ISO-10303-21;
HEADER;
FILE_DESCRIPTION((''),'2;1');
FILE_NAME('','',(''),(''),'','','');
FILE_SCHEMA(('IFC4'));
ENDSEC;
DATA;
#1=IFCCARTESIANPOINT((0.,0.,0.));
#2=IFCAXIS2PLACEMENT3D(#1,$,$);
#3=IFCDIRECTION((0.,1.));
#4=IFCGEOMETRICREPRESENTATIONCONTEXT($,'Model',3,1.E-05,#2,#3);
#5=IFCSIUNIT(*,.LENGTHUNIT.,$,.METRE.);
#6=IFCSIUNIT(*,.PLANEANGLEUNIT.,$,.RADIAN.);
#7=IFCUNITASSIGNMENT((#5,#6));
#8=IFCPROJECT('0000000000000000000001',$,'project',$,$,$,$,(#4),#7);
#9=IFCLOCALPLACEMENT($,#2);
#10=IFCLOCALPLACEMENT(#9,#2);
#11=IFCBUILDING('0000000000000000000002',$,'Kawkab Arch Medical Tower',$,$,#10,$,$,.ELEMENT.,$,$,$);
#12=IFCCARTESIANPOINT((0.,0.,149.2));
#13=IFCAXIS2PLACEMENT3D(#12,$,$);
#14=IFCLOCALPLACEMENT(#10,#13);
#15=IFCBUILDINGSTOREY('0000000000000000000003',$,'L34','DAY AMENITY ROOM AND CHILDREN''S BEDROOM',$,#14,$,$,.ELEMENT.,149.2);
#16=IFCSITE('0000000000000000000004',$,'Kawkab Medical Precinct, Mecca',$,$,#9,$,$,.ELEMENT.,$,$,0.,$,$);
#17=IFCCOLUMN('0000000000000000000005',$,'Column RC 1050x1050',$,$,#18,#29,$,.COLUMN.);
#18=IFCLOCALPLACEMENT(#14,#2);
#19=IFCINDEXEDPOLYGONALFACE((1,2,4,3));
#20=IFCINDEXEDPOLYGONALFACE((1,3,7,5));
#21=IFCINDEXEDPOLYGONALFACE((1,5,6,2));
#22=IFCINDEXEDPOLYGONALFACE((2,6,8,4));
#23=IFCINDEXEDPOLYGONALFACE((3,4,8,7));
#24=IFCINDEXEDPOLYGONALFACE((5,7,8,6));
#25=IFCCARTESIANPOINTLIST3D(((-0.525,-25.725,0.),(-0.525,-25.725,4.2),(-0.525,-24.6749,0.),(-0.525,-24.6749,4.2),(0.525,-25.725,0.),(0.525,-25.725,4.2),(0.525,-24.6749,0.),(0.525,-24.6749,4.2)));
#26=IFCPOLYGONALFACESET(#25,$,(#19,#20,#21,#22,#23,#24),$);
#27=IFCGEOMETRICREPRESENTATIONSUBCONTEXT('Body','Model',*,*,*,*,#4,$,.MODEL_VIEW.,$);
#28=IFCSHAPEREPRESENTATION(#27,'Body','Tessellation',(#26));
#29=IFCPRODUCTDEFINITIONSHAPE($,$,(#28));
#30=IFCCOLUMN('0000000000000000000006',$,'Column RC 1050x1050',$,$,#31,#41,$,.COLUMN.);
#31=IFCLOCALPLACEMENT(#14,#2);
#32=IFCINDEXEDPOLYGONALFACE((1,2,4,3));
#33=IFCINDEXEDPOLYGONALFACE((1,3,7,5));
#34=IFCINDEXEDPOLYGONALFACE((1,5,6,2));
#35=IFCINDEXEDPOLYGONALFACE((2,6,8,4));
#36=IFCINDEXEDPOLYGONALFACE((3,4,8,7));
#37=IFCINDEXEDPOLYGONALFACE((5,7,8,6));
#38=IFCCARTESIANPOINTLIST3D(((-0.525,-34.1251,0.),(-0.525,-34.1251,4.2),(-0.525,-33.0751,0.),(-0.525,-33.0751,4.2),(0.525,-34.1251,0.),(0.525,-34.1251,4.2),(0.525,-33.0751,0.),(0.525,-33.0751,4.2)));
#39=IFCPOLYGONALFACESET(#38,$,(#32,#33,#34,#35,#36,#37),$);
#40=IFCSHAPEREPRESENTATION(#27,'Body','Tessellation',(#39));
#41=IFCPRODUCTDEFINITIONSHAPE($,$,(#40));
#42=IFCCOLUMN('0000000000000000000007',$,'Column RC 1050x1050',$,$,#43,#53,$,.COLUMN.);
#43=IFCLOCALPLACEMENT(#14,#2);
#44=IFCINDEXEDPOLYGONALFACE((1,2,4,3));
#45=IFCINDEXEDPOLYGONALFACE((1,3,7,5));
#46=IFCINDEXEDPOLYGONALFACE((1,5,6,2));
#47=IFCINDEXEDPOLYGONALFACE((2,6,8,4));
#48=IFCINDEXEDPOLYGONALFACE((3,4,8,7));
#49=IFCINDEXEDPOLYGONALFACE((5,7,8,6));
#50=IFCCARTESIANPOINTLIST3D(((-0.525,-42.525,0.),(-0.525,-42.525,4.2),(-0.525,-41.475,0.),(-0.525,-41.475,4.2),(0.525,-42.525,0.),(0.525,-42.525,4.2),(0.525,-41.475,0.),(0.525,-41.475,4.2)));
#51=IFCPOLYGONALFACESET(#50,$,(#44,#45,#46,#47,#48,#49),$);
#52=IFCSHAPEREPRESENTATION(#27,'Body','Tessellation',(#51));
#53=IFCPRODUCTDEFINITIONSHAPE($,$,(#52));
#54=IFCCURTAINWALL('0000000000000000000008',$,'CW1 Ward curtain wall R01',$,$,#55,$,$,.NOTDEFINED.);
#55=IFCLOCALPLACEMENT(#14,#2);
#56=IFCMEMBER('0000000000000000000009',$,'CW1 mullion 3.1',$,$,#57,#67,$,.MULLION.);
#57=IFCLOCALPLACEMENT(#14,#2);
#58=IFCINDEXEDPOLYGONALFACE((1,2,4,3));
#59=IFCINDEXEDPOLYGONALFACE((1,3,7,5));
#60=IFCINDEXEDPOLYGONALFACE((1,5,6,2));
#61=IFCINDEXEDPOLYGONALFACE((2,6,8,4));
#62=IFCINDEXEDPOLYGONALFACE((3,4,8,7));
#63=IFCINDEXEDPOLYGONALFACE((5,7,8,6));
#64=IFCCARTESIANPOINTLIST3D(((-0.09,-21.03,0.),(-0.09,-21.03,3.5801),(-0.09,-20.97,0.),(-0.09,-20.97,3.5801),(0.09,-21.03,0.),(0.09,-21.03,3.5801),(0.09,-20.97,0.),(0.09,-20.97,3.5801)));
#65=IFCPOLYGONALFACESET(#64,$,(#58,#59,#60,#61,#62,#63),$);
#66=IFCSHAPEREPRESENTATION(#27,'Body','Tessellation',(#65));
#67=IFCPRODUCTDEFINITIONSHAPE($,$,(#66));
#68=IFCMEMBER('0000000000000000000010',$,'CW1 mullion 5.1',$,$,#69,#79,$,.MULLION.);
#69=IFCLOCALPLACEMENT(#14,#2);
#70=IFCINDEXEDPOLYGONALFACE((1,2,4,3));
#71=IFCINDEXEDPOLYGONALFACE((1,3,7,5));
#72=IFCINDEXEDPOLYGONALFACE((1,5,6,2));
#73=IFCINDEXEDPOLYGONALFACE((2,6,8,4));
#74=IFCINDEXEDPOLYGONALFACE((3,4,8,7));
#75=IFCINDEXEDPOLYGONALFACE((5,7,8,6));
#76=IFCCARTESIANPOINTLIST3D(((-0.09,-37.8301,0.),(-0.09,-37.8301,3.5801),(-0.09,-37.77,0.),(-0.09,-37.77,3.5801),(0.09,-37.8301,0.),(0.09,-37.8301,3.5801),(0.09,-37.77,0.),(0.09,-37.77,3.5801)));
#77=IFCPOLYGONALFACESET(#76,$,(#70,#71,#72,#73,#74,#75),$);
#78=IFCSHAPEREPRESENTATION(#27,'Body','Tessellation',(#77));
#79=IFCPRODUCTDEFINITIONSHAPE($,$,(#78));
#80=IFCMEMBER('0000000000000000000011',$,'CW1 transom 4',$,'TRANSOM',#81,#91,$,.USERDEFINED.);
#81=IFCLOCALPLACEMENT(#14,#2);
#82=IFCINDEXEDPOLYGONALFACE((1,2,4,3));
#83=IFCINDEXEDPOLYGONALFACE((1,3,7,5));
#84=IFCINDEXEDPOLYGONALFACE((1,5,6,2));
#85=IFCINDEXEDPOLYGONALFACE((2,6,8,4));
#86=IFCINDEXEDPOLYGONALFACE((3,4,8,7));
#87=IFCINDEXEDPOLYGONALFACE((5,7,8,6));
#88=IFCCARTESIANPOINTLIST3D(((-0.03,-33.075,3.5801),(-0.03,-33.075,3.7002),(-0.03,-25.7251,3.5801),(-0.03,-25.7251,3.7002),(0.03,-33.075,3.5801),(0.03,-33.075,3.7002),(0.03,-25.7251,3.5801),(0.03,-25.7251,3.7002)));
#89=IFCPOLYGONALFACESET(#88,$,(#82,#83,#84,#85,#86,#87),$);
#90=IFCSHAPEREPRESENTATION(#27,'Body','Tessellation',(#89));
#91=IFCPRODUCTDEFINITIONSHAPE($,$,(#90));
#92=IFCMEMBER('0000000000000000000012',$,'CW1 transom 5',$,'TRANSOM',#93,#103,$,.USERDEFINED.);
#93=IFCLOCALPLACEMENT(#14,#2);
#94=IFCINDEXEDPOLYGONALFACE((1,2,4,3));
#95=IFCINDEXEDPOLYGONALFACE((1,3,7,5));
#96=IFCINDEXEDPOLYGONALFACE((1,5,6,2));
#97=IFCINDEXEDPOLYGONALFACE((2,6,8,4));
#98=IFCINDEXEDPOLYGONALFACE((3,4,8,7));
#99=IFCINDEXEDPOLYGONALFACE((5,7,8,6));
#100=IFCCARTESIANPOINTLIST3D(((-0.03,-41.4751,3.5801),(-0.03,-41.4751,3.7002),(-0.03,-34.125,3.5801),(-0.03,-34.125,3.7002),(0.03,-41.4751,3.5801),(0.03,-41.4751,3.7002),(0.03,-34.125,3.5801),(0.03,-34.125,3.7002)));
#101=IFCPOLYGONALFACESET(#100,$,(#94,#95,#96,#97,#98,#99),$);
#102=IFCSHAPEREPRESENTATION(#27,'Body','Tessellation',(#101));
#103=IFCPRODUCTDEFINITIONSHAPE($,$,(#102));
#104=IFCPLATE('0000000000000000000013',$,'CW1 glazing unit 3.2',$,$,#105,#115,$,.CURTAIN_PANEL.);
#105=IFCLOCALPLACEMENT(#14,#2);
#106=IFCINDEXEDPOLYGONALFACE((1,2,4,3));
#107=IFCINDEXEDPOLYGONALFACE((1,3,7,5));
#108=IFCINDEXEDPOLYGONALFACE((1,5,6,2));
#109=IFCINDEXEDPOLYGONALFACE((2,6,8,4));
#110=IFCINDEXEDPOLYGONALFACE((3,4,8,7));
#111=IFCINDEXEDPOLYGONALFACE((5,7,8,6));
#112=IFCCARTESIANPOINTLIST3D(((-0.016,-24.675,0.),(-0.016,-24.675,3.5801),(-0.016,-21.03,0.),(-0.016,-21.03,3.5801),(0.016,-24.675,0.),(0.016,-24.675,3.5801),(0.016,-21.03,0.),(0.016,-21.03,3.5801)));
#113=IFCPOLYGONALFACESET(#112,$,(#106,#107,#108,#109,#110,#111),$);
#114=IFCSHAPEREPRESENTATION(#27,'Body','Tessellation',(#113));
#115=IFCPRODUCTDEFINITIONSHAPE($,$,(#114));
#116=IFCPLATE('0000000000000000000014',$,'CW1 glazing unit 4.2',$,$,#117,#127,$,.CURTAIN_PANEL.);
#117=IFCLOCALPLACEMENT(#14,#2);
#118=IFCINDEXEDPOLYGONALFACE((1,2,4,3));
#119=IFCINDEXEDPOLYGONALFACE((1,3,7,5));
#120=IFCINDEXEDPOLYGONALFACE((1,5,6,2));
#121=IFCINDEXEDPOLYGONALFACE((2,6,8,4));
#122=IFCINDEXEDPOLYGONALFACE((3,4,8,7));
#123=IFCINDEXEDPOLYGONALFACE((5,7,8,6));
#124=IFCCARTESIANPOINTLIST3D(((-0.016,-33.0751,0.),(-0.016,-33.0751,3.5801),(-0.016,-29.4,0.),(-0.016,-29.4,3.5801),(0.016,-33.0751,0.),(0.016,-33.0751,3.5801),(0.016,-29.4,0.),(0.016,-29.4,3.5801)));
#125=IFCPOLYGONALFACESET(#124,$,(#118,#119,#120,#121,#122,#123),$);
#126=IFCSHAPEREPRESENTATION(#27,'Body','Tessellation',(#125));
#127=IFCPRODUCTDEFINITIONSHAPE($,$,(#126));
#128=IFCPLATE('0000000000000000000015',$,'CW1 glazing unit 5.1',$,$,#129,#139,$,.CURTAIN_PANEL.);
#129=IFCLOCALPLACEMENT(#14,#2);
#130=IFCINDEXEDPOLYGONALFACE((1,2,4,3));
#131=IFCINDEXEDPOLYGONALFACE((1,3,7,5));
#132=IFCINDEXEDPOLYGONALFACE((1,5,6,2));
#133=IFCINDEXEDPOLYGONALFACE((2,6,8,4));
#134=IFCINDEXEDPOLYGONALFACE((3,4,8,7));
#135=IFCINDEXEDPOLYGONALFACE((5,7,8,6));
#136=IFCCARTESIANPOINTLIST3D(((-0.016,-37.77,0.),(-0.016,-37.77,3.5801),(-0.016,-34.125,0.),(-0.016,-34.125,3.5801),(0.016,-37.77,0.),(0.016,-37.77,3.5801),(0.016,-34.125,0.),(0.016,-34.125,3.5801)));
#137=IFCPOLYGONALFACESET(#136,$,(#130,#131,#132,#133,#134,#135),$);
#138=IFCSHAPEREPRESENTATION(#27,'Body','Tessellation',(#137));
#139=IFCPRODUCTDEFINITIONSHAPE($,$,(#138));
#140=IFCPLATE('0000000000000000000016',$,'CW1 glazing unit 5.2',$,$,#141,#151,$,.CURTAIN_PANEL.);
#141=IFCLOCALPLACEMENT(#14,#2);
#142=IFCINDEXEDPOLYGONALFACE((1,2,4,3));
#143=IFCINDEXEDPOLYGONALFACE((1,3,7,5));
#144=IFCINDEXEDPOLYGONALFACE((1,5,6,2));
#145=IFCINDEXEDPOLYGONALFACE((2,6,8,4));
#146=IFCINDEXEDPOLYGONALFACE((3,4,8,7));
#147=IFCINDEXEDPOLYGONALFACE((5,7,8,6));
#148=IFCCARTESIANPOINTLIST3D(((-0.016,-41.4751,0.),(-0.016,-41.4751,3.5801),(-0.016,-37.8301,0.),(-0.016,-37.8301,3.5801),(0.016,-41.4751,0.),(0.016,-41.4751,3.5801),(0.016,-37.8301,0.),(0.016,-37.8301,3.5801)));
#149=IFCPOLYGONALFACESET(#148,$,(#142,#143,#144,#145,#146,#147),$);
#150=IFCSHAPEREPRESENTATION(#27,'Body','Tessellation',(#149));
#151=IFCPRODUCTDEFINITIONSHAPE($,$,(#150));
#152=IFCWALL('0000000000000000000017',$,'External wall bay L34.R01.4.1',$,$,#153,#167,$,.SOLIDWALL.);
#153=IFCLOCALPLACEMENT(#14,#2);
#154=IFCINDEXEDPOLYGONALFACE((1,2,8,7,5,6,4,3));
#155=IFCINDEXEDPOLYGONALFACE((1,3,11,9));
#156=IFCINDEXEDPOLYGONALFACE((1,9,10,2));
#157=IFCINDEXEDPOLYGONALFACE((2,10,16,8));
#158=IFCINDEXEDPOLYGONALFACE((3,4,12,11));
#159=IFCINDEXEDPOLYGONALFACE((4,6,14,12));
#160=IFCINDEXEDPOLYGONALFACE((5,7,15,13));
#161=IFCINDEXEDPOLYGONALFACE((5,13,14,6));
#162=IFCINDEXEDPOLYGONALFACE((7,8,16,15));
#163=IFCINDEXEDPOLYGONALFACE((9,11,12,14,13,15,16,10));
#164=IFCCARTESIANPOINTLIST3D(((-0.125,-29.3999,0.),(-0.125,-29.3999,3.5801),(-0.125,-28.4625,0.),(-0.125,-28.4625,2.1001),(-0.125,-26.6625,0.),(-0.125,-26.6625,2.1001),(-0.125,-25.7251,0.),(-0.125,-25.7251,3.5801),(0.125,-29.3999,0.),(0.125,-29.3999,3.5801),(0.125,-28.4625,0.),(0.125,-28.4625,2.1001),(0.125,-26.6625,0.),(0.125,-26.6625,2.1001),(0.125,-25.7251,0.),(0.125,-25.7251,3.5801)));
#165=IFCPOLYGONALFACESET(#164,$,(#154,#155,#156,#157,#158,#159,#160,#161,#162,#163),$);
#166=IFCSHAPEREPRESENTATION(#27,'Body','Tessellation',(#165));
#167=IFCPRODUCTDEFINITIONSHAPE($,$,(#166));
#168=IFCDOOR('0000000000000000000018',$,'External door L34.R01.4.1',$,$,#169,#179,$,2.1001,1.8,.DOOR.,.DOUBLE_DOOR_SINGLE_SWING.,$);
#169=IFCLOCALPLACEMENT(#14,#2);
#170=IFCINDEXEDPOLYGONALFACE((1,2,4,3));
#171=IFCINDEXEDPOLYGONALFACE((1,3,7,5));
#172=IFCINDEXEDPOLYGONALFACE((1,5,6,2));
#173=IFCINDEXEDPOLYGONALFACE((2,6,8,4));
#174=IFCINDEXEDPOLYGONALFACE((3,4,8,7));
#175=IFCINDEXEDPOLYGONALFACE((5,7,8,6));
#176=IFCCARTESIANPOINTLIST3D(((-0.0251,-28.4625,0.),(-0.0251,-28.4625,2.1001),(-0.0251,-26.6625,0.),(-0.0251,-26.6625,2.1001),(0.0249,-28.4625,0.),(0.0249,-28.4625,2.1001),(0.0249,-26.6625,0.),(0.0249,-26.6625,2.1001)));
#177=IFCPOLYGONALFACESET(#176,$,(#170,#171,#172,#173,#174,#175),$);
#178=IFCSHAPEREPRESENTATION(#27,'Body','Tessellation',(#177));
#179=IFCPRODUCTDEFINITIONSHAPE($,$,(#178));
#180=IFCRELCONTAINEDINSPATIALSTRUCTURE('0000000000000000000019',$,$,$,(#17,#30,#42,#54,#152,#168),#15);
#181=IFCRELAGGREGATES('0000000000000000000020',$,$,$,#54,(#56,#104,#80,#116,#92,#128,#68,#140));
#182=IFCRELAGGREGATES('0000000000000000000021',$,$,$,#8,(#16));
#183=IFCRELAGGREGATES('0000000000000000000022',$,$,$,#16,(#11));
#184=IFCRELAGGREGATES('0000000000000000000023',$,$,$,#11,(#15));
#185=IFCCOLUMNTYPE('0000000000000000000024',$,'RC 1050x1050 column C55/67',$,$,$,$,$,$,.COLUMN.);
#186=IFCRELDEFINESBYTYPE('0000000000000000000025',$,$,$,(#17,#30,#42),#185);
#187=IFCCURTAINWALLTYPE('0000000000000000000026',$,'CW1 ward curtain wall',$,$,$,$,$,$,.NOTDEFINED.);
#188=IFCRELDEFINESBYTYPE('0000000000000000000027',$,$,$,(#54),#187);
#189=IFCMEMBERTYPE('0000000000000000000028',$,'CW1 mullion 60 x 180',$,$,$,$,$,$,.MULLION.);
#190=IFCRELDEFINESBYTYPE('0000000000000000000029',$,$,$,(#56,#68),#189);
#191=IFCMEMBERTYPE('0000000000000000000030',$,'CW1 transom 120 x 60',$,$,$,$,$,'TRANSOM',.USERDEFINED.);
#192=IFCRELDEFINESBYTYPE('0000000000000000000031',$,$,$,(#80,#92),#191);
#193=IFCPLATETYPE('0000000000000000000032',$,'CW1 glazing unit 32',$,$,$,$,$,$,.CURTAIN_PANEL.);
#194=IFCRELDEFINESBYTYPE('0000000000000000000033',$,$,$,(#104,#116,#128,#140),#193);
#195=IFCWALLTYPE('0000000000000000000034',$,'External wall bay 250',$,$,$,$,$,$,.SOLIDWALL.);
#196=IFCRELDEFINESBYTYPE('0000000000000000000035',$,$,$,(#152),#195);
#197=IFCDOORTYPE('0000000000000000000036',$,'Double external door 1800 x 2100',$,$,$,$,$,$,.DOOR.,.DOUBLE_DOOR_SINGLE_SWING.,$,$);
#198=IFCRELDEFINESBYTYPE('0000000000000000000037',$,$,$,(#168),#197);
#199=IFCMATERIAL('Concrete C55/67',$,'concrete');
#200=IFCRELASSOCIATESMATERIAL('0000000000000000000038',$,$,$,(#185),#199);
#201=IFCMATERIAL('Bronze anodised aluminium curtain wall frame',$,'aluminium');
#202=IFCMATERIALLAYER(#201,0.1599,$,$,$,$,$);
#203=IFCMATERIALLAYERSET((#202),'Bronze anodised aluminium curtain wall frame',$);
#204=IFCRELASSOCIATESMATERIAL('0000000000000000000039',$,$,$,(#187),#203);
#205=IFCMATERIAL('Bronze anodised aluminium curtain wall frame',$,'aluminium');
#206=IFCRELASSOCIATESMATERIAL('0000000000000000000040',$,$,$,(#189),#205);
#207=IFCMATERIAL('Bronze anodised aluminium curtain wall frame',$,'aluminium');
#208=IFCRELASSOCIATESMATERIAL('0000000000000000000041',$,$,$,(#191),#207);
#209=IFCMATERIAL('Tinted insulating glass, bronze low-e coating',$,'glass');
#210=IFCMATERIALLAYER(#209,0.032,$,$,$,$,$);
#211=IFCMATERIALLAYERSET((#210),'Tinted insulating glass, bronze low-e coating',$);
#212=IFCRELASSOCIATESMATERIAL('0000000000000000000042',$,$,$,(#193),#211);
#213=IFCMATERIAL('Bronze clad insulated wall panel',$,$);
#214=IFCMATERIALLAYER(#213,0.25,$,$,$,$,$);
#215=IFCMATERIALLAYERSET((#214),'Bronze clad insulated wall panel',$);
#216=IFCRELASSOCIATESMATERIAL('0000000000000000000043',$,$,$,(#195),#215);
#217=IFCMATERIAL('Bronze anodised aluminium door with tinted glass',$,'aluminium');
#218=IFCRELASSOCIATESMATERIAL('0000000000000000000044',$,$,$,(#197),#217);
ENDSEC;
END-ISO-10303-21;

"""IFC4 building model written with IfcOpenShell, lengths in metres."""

from ifc_helpers import new_model, si_unit, direction, frame, frame_2d, origin, origin_2d, place, context, subcontext, project, spatial, rectangle, extrude, material, layer, layer_set, material_profile, profile_set, type_object, element, fill, aggregate, save


model = new_model("IFC4")

# Units and contexts
model_context = context("Model", 3, precision=1e-05, world=origin(), true_north=direction((0.0, 1.0)))
body_context = subcontext(model_context, "Body", "Model", "MODEL_VIEW")
ifc_project = project(units=[si_unit("LENGTHUNIT", "METRE"), si_unit("PLANEANGLEUNIT", "RADIAN")], contexts=[model_context])

# Site, building, storey
site_placement = place(None, origin())
site = spatial("IfcSite", under=ifc_project, at=site_placement, Name="Kawkab Medical Precinct, Mecca", CompositionType="ELEMENT", RefElevation=0.0)
building_placement = place(site_placement, origin())
building = spatial("IfcBuilding", under=site, at=building_placement, Name="Kawkab Arch Medical Tower", CompositionType="ELEMENT")
storey_placement = place(building_placement, frame((0.0, 0.0, 149.2)))
storey = spatial("IfcBuildingStorey", under=building, at=storey_placement, Name="L34", Description="DAY AMENITY ROOM AND CHILDREN'S BEDROOM", CompositionType="ELEMENT", Elevation=149.2)

# Columns
ifc_material_1 = material(Name="Concrete C55/67", Category="concrete")
ifc_material_profile_1 = material_profile(ifc_material_1, rectangle(XDim=1.05, YDim=1.05, at=origin_2d()), Name="RC 1050x1050")
ifc_profile_set_1 = profile_set([ifc_material_profile_1], Name="Concrete C55/67")
column_type = type_object("IfcColumnType", Name="RC 1050x1050 column C55/67", PredefinedType="COLUMN", material=ifc_profile_set_1)
for number, where, z_axis, x_axis, name in (
    (1, (0.0, -25.2, 0.0), (0.0, 0.0, 1.0), (1.0, 0.0, 0.0), "Column RC 1050x1050"),
    (2, (0.0, -33.6001, 0.0), (0.0, 0.0, 1.0), (1.0, 0.0, 0.0), "Column RC 1050x1050"),
    (3, (0.0, -42.0, 0.0), (0.0, 0.0, 1.0), (1.0, 0.0, 0.0), "Column RC 1050x1050"),
):
    element("IfcColumn", number, at=place(storey_placement, frame(where, z_axis=z_axis, x_axis=x_axis)), inside=storey, type_object=column_type, Name=name, PredefinedType="COLUMN", context=body_context, shape_type="SweptSolid", body=[
        extrude(rectangle(XDim=1.05, YDim=1.05, at=origin_2d()), origin(), (0.0, 0.0, 1.0), 4.2),
    ])

# Curtain wall, members, plates
ifc_material_2 = material(Name="Bronze anodised aluminium curtain wall frame", Category="aluminium")
ifc_layer_1 = layer(ifc_material_2, 0.1599)
ifc_layer_set_1 = layer_set([ifc_layer_1], Name="Bronze anodised aluminium curtain wall frame")
curtain_wall_type = type_object("IfcCurtainWallType", Name="CW1 ward curtain wall", PredefinedType="NOTDEFINED", material=ifc_layer_set_1)
curtain_wall_placement = place(storey_placement, origin())
curtain_wall = element("IfcCurtainWall", 4, at=curtain_wall_placement, inside=storey, type_object=curtain_wall_type, Name="CW1 Ward curtain wall R01", PredefinedType="NOTDEFINED")
ifc_material_3 = material(Name="Bronze anodised aluminium curtain wall frame", Category="aluminium")
ifc_material_profile_2 = material_profile(ifc_material_3, rectangle(XDim=0.1799, YDim=0.0601, at=origin_2d()), Name="AL 60x180")
ifc_profile_set_2 = profile_set([ifc_material_profile_2], Name="Bronze anodised aluminium curtain wall frame")
member_type_1 = type_object("IfcMemberType", Name="CW1 mullion 60 x 180", PredefinedType="MULLION", material=ifc_profile_set_2)
member_1_placement = place(storey_placement, frame((0.0, -21.0, 0.0), z_axis=(0.0, 0.0, 1.0), x_axis=(1.0, 0.0, 0.0)))
member_1 = element("IfcMember", 5, at=member_1_placement, type_object=member_type_1, Name="CW1 mullion 3.1", PredefinedType="MULLION", context=body_context, shape_type="SweptSolid", body=[
    extrude(rectangle(XDim=0.1799, YDim=0.0601, at=origin_2d()), origin(), (0.0, 0.0, 1.0), 3.5801),
])
member_2_placement = place(storey_placement, frame((0.0, -37.8, 0.0), z_axis=(0.0, 0.0, 1.0), x_axis=(1.0, 0.0, 0.0)))
member_2 = element("IfcMember", 6, at=member_2_placement, type_object=member_type_1, Name="CW1 mullion 5.1", PredefinedType="MULLION", context=body_context, shape_type="SweptSolid", body=[
    extrude(rectangle(XDim=0.1799, YDim=0.0601, at=origin_2d()), origin(), (0.0, 0.0, 1.0), 3.5801),
])
ifc_material_4 = material(Name="Bronze anodised aluminium curtain wall frame", Category="aluminium")
ifc_material_profile_3 = material_profile(ifc_material_4, rectangle(XDim=0.0601, YDim=0.1201, at=origin_2d()), Name="AL 60x120")
ifc_profile_set_3 = profile_set([ifc_material_profile_3], Name="Bronze anodised aluminium curtain wall frame")
member_type_2 = type_object("IfcMemberType", Name="CW1 transom 120 x 60", ElementType="TRANSOM", PredefinedType="USERDEFINED", material=ifc_profile_set_3)
member_3_placement = place(storey_placement, frame((0.0, -25.7251, 3.6401), z_axis=(0.0, -1.0, 0.0), x_axis=(1.0, 0.0, 0.0)))
member_3 = element("IfcMember", 7, at=member_3_placement, type_object=member_type_2, Name="CW1 transom 4", ObjectType="TRANSOM", PredefinedType="USERDEFINED", context=body_context, shape_type="SweptSolid", body=[
    extrude(rectangle(XDim=0.0601, YDim=0.1201, at=origin_2d()), origin(), (0.0, 0.0, 1.0), 7.3499),
])
member_4_placement = place(storey_placement, frame((0.0, -34.125, 3.6401), z_axis=(0.0, -1.0, 0.0), x_axis=(1.0, 0.0, 0.0)))
member_4 = element("IfcMember", 8, at=member_4_placement, type_object=member_type_2, Name="CW1 transom 5", ObjectType="TRANSOM", PredefinedType="USERDEFINED", context=body_context, shape_type="SweptSolid", body=[
    extrude(rectangle(XDim=0.0601, YDim=0.1201, at=origin_2d()), origin(), (0.0, 0.0, 1.0), 7.3501),
])
ifc_material_5 = material(Name="Tinted insulating glass, bronze low-e coating", Category="glass")
ifc_layer_2 = layer(ifc_material_5, 0.032)
ifc_layer_set_2 = layer_set([ifc_layer_2], Name="Tinted insulating glass, bronze low-e coating")
plate_type = type_object("IfcPlateType", Name="CW1 glazing unit 32", PredefinedType="CURTAIN_PANEL", material=ifc_layer_set_2)
plate_1_placement = place(storey_placement, frame((0.0, -22.8525, 0.0), z_axis=(0.0, 0.0, 1.0), x_axis=(0.0, -1.0, 0.0)))
plate_1 = element("IfcPlate", 9, at=plate_1_placement, type_object=plate_type, Name="CW1 glazing unit 3.2", PredefinedType="CURTAIN_PANEL", context=body_context, shape_type="SweptSolid", body=[
    extrude(rectangle(XDim=3.645, YDim=0.032, at=origin_2d()), origin(), (0.0, 0.0, 1.0), 3.5801),
])
plate_2_placement = place(storey_placement, frame((0.0, -31.2375, 0.0), z_axis=(0.0, 0.0, 1.0), x_axis=(0.0, -1.0, 0.0)))
plate_2 = element("IfcPlate", 10, at=plate_2_placement, type_object=plate_type, Name="CW1 glazing unit 4.2", PredefinedType="CURTAIN_PANEL", context=body_context, shape_type="SweptSolid", body=[
    extrude(rectangle(XDim=3.675, YDim=0.032, at=origin_2d()), origin(), (0.0, 0.0, 1.0), 3.5801),
])
plate_3_placement = place(storey_placement, frame((0.0, -35.9475, 0.0), z_axis=(0.0, 0.0, 1.0), x_axis=(0.0, -1.0, 0.0)))
plate_3 = element("IfcPlate", 11, at=plate_3_placement, type_object=plate_type, Name="CW1 glazing unit 5.1", PredefinedType="CURTAIN_PANEL", context=body_context, shape_type="SweptSolid", body=[
    extrude(rectangle(XDim=3.645, YDim=0.032, at=origin_2d()), origin(), (0.0, 0.0, 1.0), 3.5801),
])
plate_4_placement = place(storey_placement, frame((0.0, -39.6526, 0.0), z_axis=(0.0, 0.0, 1.0), x_axis=(0.0, -1.0, 0.0)))
plate_4 = element("IfcPlate", 12, at=plate_4_placement, type_object=plate_type, Name="CW1 glazing unit 5.2", PredefinedType="CURTAIN_PANEL", context=body_context, shape_type="SweptSolid", body=[
    extrude(rectangle(XDim=3.645, YDim=0.032, at=origin_2d()), origin(), (0.0, 0.0, 1.0), 3.5801),
])
aggregate(curtain_wall, [member_1, plate_1, member_3, plate_2, member_4, plate_3, member_2, plate_4])

# Wall, opening, door
ifc_material_6 = material(Name="Bronze clad insulated wall panel")
ifc_layer_3 = layer(ifc_material_6, 0.25)
ifc_layer_set_3 = layer_set([ifc_layer_3], Name="Bronze clad insulated wall panel")
wall_type_1 = type_object("IfcWallType", Name="External wall bay 250", PredefinedType="SOLIDWALL", material=ifc_layer_set_3)
wall_1_placement = place(storey_placement, frame((0.0, -25.7251, 0.0), z_axis=(0.0, 0.0, 1.0), x_axis=(0.0, -1.0, 0.0)))
wall_1 = element("IfcWall", 13, at=wall_1_placement, inside=storey, type_object=wall_type_1, Name="External wall bay L34.R01.4.1", PredefinedType="SOLIDWALL", context=body_context, shape_type="SweptSolid", body=[
    extrude(rectangle(XDim=3.6748, YDim=0.25, at=frame_2d((1.8374, 0.0))), origin(), (0.0, 0.0, 1.0), 3.5801),
])
opening_1_placement = place(wall_1_placement, frame((0.9375, 0.0, 0.0)))
opening_1 = element("IfcOpeningElement", 14, at=opening_1_placement, cuts=wall_1, PredefinedType="OPENING", context=body_context, shape_type="SweptSolid", body=[
    extrude(rectangle(XDim=1.8, YDim=2.1001, at=frame_2d((0.8999, 1.05))), frame((0.0, 0.135, 0.0), z_axis=(0.0, -1.0, 0.0), x_axis=(1.0, 0.0, 0.0)), (0.0, 0.0, 1.0), 0.27),
])
ifc_material_7 = material(Name="Bronze anodised aluminium door with tinted glass", Category="aluminium")
door_type_1 = type_object("IfcDoorType", Name="Double external door 1800 x 2100", OperationType="DOUBLE_DOOR_SINGLE_SWING", PredefinedType="DOOR", material=ifc_material_7)
door_1_placement = place(opening_1_placement, origin())
door_1 = element("IfcDoor", 15, at=door_1_placement, inside=storey, type_object=door_type_1, Name="External door L34.R01.4.1", OperationType="DOUBLE_DOOR_SINGLE_SWING", OverallHeight=2.1001, OverallWidth=1.8, PredefinedType="DOOR", context=body_context, shape_type="SweptSolid", body=[
    extrude(rectangle(XDim=1.8, YDim=2.1001, at=frame_2d((0.8999, 1.05))), frame((0.0, 0.0249, 0.0), z_axis=(0.0, -1.0, 0.0), x_axis=(1.0, 0.0, 0.0)), (0.0, 0.0, 1.0), 0.05),
])
fill(opening_1, door_1)

save(model, "model.ifc")
